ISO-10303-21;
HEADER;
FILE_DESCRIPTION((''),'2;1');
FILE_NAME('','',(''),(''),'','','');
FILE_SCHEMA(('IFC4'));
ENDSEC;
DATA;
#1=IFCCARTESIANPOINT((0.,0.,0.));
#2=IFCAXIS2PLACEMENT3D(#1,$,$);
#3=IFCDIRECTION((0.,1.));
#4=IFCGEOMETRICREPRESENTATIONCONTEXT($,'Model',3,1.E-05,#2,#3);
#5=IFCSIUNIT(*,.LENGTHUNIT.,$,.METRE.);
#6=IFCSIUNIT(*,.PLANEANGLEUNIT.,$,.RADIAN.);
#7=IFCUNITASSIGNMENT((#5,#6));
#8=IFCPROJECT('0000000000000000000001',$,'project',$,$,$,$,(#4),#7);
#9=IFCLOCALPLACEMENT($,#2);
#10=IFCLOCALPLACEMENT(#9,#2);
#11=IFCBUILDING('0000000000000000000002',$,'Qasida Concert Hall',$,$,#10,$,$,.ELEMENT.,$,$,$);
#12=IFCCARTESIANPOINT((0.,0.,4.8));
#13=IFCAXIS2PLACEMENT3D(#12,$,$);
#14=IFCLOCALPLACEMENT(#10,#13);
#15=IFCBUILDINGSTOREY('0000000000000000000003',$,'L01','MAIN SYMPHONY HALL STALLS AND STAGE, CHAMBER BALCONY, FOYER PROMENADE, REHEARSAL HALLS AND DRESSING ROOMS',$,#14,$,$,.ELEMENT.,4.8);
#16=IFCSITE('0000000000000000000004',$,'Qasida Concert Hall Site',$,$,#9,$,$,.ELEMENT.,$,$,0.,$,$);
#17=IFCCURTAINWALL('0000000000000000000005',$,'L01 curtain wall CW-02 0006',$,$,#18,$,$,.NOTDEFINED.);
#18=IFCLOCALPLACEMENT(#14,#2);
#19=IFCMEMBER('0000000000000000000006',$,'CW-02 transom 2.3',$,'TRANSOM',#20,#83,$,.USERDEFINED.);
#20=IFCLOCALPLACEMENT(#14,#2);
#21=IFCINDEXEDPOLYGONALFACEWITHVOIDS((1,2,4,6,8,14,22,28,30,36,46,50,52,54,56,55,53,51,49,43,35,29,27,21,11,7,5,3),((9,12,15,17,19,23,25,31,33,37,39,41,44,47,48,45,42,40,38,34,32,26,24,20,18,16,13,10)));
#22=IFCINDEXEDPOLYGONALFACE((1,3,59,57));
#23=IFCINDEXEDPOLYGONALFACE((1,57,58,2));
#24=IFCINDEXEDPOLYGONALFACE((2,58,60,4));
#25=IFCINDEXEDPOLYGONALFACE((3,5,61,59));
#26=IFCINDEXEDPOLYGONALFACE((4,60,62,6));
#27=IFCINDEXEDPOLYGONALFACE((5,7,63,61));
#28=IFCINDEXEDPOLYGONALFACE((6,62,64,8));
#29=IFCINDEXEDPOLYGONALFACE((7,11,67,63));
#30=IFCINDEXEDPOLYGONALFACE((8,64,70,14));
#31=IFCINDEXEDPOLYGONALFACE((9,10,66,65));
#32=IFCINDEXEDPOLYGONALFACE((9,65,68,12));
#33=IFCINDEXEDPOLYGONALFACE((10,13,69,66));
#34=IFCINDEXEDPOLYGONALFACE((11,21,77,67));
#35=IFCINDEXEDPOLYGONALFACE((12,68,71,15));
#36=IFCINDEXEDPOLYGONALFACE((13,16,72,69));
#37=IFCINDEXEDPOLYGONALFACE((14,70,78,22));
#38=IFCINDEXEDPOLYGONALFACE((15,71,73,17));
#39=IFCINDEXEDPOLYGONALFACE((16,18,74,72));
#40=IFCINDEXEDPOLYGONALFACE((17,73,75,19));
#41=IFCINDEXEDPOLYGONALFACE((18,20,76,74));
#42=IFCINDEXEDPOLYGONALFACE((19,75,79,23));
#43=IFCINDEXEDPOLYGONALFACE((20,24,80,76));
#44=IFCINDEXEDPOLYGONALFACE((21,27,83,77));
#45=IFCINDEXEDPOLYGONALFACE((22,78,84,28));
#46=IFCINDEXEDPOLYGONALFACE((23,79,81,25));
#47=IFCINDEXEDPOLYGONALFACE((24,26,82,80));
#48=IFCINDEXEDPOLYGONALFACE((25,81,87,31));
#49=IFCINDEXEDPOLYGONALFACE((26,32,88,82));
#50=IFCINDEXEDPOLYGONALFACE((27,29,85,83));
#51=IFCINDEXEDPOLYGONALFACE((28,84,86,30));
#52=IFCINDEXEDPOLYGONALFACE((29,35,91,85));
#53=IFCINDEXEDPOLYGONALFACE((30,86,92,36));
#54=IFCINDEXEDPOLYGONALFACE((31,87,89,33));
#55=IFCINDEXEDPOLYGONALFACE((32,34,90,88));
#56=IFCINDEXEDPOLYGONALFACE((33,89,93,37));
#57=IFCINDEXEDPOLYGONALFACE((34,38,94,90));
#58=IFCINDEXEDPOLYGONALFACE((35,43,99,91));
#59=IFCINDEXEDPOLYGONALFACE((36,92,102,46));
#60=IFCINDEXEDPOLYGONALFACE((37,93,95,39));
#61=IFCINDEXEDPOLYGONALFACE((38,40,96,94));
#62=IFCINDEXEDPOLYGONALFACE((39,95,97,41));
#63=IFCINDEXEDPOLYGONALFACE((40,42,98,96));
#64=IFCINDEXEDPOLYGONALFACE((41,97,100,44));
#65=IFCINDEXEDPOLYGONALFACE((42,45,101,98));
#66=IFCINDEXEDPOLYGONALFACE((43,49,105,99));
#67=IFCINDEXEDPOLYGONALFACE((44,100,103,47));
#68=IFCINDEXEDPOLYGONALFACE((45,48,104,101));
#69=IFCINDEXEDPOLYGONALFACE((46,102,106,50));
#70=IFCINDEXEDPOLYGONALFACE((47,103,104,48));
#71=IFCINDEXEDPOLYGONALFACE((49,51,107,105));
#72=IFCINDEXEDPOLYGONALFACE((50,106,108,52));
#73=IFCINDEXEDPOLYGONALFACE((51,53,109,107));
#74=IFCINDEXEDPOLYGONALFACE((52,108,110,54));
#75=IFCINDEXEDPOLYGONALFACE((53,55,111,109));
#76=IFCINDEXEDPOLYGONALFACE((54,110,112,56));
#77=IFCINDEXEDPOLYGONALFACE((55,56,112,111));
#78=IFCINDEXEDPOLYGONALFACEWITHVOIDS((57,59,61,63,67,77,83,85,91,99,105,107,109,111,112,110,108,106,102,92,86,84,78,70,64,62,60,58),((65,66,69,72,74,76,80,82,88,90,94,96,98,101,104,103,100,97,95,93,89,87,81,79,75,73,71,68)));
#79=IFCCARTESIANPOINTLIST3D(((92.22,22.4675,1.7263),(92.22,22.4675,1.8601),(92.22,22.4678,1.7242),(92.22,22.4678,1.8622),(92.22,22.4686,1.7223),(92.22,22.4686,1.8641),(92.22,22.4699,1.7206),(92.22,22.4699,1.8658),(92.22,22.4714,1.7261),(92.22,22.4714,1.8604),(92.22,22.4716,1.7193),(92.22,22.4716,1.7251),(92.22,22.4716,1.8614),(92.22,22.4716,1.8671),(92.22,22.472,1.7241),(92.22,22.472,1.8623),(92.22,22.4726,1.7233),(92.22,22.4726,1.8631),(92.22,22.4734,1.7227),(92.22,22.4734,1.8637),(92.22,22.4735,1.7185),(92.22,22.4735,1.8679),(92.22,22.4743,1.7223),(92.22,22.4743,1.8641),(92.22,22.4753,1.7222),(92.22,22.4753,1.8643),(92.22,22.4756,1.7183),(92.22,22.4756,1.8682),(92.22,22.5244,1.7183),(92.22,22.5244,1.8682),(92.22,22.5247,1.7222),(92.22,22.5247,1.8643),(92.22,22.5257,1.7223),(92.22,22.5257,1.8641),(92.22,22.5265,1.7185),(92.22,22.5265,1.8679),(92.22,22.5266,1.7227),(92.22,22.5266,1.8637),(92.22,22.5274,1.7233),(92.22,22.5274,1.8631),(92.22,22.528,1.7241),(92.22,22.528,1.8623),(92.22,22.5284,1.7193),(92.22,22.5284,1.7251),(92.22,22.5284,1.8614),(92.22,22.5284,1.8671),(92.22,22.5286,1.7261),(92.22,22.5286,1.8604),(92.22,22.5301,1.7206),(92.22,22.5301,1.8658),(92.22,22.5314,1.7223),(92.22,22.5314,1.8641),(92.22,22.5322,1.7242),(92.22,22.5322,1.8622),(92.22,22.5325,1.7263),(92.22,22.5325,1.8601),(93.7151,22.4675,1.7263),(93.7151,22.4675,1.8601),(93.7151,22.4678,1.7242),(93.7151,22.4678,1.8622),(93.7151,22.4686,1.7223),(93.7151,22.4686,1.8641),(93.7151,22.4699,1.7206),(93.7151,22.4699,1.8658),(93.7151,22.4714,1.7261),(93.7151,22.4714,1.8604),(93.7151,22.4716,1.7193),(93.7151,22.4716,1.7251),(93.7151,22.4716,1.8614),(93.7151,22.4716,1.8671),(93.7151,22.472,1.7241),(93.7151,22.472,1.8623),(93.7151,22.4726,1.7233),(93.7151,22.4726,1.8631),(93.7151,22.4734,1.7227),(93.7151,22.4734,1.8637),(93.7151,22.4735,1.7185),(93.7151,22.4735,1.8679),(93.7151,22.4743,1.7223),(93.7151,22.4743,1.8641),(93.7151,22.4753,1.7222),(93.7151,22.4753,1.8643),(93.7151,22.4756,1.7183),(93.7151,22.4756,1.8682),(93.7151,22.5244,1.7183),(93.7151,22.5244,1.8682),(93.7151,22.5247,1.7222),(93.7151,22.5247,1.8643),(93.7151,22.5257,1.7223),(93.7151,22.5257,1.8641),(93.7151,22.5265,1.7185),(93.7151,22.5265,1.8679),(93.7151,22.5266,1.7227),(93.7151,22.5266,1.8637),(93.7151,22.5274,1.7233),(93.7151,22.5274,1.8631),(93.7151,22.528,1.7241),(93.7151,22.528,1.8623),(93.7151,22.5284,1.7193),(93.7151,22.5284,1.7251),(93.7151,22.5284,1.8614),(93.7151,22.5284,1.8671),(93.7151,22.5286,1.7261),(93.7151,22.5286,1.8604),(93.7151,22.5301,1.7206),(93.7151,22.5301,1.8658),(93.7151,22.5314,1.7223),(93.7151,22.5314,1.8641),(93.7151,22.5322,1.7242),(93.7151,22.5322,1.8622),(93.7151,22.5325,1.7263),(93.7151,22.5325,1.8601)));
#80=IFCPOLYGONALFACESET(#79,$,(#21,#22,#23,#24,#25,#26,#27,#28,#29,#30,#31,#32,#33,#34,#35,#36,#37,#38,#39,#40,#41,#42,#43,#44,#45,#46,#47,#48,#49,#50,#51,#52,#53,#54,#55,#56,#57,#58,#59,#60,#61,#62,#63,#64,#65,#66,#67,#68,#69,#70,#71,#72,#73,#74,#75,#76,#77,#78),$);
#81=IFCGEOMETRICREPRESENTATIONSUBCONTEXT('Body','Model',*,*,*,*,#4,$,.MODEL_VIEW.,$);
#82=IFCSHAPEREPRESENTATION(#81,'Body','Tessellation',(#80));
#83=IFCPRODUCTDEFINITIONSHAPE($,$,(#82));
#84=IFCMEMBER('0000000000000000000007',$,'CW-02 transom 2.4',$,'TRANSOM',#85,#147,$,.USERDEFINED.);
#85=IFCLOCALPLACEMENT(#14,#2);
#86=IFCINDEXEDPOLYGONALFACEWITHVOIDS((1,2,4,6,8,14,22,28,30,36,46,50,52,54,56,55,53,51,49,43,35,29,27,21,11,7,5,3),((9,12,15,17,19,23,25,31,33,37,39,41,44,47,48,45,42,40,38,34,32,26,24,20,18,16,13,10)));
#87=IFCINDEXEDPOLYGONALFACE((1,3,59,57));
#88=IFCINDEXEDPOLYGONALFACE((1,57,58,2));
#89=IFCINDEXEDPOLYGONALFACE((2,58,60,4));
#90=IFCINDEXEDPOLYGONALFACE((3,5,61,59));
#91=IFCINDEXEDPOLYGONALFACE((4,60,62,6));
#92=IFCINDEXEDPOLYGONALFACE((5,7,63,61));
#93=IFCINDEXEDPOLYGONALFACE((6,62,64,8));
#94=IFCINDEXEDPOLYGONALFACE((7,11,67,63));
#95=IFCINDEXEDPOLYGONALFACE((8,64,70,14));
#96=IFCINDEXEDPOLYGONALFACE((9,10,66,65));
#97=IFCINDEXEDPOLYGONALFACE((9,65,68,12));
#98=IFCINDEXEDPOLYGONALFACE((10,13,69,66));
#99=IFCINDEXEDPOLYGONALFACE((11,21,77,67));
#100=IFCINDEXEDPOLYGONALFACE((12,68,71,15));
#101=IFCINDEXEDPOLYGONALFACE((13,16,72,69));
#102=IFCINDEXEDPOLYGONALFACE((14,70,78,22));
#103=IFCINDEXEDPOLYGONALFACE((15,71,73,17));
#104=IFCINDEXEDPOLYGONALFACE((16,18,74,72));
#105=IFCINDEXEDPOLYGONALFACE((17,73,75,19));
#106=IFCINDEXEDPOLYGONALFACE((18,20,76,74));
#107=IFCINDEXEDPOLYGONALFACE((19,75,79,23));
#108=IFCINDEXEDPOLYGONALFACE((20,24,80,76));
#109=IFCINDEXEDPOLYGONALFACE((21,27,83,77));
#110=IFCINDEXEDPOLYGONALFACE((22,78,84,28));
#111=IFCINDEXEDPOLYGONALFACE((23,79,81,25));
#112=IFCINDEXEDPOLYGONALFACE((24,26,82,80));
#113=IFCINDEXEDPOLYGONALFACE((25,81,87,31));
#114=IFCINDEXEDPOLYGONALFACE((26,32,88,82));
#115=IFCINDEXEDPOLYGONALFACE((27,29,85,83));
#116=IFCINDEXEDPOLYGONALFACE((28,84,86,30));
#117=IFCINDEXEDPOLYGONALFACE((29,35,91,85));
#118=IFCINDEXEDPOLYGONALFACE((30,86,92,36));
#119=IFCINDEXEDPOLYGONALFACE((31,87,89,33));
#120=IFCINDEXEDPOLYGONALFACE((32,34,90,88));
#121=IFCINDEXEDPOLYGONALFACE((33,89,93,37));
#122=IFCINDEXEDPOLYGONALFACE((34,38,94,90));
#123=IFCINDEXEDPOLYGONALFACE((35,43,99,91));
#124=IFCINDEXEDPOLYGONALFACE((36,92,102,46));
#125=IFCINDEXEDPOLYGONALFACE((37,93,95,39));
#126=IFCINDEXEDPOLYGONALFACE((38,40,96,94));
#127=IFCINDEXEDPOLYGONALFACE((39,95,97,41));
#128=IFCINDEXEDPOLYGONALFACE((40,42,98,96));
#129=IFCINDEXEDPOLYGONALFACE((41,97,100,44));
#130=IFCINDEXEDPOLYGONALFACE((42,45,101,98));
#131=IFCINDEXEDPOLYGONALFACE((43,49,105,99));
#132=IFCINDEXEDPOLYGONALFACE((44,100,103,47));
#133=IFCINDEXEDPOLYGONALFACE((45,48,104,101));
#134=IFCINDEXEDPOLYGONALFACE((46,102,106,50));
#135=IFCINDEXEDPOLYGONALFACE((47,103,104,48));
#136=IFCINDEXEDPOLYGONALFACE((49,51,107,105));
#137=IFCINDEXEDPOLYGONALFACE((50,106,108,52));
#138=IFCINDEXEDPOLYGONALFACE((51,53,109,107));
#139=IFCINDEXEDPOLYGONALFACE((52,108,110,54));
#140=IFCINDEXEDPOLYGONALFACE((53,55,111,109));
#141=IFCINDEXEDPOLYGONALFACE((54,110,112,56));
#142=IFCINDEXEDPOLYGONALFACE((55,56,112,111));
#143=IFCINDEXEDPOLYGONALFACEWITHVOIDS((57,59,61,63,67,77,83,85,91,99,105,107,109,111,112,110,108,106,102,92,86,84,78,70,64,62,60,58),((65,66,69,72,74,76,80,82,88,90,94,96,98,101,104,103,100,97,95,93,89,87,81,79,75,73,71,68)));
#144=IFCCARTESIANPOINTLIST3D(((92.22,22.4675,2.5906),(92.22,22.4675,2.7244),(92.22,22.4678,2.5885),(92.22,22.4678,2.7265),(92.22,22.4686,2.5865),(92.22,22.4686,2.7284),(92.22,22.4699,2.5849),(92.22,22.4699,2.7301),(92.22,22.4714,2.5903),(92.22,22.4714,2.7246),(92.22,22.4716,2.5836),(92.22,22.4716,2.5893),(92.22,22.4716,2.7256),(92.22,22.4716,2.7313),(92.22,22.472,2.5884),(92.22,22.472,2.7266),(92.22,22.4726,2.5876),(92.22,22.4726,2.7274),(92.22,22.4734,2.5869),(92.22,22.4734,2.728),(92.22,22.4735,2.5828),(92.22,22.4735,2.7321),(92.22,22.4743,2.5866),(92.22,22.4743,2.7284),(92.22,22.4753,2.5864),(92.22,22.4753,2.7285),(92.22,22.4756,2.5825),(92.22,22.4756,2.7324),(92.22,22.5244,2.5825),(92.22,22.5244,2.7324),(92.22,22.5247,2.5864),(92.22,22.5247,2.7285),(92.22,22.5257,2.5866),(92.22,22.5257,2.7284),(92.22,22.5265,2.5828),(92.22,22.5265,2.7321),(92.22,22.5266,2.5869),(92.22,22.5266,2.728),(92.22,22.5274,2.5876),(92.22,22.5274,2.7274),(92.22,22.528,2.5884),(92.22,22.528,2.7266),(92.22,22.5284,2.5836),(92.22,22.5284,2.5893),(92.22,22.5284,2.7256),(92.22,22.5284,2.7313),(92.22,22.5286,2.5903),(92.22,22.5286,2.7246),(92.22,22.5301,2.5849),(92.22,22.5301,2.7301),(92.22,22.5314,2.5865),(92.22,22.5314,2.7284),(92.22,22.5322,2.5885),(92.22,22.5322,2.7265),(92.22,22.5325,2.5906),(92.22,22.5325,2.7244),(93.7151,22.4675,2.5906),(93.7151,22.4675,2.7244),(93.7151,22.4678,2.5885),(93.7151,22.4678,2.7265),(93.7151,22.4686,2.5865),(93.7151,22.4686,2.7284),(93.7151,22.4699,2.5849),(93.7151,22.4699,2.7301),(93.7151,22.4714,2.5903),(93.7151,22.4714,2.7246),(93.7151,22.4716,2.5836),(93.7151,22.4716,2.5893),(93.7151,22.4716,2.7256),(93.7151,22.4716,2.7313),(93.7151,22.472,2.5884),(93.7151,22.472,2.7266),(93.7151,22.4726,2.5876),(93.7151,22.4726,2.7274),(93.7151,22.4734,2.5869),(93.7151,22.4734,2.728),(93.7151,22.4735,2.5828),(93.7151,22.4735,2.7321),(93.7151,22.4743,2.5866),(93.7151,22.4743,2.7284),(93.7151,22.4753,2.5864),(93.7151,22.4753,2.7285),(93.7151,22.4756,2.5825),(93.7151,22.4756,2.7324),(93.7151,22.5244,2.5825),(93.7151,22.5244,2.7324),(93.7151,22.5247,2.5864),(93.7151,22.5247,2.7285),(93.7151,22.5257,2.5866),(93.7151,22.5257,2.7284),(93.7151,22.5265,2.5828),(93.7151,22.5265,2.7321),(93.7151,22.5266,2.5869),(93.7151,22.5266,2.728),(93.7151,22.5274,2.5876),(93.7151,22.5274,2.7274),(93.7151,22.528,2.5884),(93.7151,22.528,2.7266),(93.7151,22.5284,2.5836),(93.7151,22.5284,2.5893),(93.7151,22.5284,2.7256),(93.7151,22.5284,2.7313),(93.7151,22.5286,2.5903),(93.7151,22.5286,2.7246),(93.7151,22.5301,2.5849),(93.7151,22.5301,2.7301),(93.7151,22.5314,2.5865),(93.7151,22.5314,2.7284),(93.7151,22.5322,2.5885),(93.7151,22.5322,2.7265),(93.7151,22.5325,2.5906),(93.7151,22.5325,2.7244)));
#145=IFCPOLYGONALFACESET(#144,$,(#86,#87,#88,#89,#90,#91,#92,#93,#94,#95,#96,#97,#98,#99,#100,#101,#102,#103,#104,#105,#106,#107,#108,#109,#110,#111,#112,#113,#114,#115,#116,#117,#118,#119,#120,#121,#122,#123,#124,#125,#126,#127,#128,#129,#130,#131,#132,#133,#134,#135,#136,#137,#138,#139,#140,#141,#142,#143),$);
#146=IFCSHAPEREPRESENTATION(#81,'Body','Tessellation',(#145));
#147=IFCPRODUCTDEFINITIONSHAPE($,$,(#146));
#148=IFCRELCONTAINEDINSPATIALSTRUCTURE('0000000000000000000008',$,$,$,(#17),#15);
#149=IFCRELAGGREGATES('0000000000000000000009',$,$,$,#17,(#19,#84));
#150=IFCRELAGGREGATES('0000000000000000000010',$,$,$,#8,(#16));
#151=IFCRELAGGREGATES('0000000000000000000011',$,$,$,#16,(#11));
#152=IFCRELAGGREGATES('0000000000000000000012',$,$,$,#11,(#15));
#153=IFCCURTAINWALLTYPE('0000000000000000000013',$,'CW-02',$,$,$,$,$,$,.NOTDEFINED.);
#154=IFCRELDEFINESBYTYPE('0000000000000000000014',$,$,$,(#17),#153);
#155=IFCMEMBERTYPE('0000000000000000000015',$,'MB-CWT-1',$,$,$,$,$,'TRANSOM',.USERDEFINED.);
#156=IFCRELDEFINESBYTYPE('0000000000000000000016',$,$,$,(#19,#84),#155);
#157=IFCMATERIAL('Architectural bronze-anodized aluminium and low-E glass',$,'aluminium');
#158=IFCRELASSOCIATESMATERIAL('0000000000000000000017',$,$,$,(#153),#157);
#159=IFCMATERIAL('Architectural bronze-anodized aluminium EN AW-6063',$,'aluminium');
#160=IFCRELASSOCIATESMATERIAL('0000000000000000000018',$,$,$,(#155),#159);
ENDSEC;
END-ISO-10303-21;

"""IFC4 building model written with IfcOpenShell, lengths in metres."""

from ifc_helpers import new_model, si_unit, direction, frame, origin, origin_2d, place, context, subcontext, project, spatial, hollow_rectangle, extrude, material, material_profile, profile_set, type_object, element, aggregate, save


model = new_model("IFC4")

# Units and contexts
model_context = context("Model", 3, precision=1e-05, world=origin(), true_north=direction((0.0, 1.0)))
body_context = subcontext(model_context, "Body", "Model", "MODEL_VIEW")
ifc_project = project(units=[si_unit("LENGTHUNIT", "METRE"), si_unit("PLANEANGLEUNIT", "RADIAN")], contexts=[model_context])

# Site, building, storey
site_placement = place(None, origin())
site = spatial("IfcSite", under=ifc_project, at=site_placement, Name="Qasida Concert Hall Site", CompositionType="ELEMENT", RefElevation=0.0)
building_placement = place(site_placement, origin())
building = spatial("IfcBuilding", under=site, at=building_placement, Name="Qasida Concert Hall", CompositionType="ELEMENT")
storey_placement = place(building_placement, frame((0.0, 0.0, 4.8)))
storey = spatial("IfcBuildingStorey", under=building, at=storey_placement, Name="L01", Description="MAIN SYMPHONY HALL STALLS AND STAGE, CHAMBER BALCONY, FOYER PROMENADE, REHEARSAL HALLS AND DRESSING ROOMS", CompositionType="ELEMENT", Elevation=4.8)

# Curtain wall, members
ifc_material_1 = material(Name="Architectural bronze-anodized aluminium and low-E glass", Category="aluminium")
curtain_wall_type = type_object("IfcCurtainWallType", Name="CW-02", PredefinedType="NOTDEFINED", material=ifc_material_1)
curtain_wall_placement = place(storey_placement, origin())
curtain_wall = element("IfcCurtainWall", 1, at=curtain_wall_placement, inside=storey, type_object=curtain_wall_type, Name="L01 curtain wall CW-02 0006", PredefinedType="NOTDEFINED")
ifc_material_2 = material(Name="Architectural bronze-anodized aluminium EN AW-6063", Category="aluminium")
ifc_material_profile_1 = material_profile(ifc_material_2, hollow_rectangle(XDim=0.0649, YDim=0.1499, WallThickness=0.0039, InnerFilletRadius=0.0039, OuterFilletRadius=0.0081, at=origin_2d()), Name="CWT 150x65x4")
ifc_profile_set_1 = profile_set([ifc_material_profile_1], Name="Architectural bronze-anodized aluminium EN AW-6063")
member_type_1 = type_object("IfcMemberType", Name="MB-CWT-1", ElementType="TRANSOM", PredefinedType="USERDEFINED", material=ifc_profile_set_1)
member_1_placement = place(storey_placement, frame((92.22, 22.5, 1.7932), z_axis=(1.0, 0.0, 0.0), x_axis=(0.0, 1.0, 0.0)))
member_1 = element("IfcMember", 2, at=member_1_placement, type_object=member_type_1, Name="CW-02 transom 2.3", ObjectType="TRANSOM", PredefinedType="USERDEFINED", context=body_context, shape_type="SweptSolid", body=[
    extrude(hollow_rectangle(XDim=0.0649, YDim=0.1499, WallThickness=0.0039, InnerFilletRadius=0.0039, OuterFilletRadius=0.0081, at=origin_2d()), origin(), (0.0, 0.0, 1.0), 1.4951),
])
member_2_placement = place(storey_placement, frame((92.22, 22.5, 2.6575), z_axis=(1.0, 0.0, 0.0), x_axis=(0.0, 1.0, 0.0)))
member_2 = element("IfcMember", 3, at=member_2_placement, type_object=member_type_1, Name="CW-02 transom 2.4", ObjectType="TRANSOM", PredefinedType="USERDEFINED", context=body_context, shape_type="SweptSolid", body=[
    extrude(hollow_rectangle(XDim=0.0649, YDim=0.1499, WallThickness=0.0039, InnerFilletRadius=0.0039, OuterFilletRadius=0.0081, at=origin_2d()), origin(), (0.0, 0.0, 1.0), 1.4951),
])
aggregate(curtain_wall, [member_1, member_2])

save(model, "model.ifc")
